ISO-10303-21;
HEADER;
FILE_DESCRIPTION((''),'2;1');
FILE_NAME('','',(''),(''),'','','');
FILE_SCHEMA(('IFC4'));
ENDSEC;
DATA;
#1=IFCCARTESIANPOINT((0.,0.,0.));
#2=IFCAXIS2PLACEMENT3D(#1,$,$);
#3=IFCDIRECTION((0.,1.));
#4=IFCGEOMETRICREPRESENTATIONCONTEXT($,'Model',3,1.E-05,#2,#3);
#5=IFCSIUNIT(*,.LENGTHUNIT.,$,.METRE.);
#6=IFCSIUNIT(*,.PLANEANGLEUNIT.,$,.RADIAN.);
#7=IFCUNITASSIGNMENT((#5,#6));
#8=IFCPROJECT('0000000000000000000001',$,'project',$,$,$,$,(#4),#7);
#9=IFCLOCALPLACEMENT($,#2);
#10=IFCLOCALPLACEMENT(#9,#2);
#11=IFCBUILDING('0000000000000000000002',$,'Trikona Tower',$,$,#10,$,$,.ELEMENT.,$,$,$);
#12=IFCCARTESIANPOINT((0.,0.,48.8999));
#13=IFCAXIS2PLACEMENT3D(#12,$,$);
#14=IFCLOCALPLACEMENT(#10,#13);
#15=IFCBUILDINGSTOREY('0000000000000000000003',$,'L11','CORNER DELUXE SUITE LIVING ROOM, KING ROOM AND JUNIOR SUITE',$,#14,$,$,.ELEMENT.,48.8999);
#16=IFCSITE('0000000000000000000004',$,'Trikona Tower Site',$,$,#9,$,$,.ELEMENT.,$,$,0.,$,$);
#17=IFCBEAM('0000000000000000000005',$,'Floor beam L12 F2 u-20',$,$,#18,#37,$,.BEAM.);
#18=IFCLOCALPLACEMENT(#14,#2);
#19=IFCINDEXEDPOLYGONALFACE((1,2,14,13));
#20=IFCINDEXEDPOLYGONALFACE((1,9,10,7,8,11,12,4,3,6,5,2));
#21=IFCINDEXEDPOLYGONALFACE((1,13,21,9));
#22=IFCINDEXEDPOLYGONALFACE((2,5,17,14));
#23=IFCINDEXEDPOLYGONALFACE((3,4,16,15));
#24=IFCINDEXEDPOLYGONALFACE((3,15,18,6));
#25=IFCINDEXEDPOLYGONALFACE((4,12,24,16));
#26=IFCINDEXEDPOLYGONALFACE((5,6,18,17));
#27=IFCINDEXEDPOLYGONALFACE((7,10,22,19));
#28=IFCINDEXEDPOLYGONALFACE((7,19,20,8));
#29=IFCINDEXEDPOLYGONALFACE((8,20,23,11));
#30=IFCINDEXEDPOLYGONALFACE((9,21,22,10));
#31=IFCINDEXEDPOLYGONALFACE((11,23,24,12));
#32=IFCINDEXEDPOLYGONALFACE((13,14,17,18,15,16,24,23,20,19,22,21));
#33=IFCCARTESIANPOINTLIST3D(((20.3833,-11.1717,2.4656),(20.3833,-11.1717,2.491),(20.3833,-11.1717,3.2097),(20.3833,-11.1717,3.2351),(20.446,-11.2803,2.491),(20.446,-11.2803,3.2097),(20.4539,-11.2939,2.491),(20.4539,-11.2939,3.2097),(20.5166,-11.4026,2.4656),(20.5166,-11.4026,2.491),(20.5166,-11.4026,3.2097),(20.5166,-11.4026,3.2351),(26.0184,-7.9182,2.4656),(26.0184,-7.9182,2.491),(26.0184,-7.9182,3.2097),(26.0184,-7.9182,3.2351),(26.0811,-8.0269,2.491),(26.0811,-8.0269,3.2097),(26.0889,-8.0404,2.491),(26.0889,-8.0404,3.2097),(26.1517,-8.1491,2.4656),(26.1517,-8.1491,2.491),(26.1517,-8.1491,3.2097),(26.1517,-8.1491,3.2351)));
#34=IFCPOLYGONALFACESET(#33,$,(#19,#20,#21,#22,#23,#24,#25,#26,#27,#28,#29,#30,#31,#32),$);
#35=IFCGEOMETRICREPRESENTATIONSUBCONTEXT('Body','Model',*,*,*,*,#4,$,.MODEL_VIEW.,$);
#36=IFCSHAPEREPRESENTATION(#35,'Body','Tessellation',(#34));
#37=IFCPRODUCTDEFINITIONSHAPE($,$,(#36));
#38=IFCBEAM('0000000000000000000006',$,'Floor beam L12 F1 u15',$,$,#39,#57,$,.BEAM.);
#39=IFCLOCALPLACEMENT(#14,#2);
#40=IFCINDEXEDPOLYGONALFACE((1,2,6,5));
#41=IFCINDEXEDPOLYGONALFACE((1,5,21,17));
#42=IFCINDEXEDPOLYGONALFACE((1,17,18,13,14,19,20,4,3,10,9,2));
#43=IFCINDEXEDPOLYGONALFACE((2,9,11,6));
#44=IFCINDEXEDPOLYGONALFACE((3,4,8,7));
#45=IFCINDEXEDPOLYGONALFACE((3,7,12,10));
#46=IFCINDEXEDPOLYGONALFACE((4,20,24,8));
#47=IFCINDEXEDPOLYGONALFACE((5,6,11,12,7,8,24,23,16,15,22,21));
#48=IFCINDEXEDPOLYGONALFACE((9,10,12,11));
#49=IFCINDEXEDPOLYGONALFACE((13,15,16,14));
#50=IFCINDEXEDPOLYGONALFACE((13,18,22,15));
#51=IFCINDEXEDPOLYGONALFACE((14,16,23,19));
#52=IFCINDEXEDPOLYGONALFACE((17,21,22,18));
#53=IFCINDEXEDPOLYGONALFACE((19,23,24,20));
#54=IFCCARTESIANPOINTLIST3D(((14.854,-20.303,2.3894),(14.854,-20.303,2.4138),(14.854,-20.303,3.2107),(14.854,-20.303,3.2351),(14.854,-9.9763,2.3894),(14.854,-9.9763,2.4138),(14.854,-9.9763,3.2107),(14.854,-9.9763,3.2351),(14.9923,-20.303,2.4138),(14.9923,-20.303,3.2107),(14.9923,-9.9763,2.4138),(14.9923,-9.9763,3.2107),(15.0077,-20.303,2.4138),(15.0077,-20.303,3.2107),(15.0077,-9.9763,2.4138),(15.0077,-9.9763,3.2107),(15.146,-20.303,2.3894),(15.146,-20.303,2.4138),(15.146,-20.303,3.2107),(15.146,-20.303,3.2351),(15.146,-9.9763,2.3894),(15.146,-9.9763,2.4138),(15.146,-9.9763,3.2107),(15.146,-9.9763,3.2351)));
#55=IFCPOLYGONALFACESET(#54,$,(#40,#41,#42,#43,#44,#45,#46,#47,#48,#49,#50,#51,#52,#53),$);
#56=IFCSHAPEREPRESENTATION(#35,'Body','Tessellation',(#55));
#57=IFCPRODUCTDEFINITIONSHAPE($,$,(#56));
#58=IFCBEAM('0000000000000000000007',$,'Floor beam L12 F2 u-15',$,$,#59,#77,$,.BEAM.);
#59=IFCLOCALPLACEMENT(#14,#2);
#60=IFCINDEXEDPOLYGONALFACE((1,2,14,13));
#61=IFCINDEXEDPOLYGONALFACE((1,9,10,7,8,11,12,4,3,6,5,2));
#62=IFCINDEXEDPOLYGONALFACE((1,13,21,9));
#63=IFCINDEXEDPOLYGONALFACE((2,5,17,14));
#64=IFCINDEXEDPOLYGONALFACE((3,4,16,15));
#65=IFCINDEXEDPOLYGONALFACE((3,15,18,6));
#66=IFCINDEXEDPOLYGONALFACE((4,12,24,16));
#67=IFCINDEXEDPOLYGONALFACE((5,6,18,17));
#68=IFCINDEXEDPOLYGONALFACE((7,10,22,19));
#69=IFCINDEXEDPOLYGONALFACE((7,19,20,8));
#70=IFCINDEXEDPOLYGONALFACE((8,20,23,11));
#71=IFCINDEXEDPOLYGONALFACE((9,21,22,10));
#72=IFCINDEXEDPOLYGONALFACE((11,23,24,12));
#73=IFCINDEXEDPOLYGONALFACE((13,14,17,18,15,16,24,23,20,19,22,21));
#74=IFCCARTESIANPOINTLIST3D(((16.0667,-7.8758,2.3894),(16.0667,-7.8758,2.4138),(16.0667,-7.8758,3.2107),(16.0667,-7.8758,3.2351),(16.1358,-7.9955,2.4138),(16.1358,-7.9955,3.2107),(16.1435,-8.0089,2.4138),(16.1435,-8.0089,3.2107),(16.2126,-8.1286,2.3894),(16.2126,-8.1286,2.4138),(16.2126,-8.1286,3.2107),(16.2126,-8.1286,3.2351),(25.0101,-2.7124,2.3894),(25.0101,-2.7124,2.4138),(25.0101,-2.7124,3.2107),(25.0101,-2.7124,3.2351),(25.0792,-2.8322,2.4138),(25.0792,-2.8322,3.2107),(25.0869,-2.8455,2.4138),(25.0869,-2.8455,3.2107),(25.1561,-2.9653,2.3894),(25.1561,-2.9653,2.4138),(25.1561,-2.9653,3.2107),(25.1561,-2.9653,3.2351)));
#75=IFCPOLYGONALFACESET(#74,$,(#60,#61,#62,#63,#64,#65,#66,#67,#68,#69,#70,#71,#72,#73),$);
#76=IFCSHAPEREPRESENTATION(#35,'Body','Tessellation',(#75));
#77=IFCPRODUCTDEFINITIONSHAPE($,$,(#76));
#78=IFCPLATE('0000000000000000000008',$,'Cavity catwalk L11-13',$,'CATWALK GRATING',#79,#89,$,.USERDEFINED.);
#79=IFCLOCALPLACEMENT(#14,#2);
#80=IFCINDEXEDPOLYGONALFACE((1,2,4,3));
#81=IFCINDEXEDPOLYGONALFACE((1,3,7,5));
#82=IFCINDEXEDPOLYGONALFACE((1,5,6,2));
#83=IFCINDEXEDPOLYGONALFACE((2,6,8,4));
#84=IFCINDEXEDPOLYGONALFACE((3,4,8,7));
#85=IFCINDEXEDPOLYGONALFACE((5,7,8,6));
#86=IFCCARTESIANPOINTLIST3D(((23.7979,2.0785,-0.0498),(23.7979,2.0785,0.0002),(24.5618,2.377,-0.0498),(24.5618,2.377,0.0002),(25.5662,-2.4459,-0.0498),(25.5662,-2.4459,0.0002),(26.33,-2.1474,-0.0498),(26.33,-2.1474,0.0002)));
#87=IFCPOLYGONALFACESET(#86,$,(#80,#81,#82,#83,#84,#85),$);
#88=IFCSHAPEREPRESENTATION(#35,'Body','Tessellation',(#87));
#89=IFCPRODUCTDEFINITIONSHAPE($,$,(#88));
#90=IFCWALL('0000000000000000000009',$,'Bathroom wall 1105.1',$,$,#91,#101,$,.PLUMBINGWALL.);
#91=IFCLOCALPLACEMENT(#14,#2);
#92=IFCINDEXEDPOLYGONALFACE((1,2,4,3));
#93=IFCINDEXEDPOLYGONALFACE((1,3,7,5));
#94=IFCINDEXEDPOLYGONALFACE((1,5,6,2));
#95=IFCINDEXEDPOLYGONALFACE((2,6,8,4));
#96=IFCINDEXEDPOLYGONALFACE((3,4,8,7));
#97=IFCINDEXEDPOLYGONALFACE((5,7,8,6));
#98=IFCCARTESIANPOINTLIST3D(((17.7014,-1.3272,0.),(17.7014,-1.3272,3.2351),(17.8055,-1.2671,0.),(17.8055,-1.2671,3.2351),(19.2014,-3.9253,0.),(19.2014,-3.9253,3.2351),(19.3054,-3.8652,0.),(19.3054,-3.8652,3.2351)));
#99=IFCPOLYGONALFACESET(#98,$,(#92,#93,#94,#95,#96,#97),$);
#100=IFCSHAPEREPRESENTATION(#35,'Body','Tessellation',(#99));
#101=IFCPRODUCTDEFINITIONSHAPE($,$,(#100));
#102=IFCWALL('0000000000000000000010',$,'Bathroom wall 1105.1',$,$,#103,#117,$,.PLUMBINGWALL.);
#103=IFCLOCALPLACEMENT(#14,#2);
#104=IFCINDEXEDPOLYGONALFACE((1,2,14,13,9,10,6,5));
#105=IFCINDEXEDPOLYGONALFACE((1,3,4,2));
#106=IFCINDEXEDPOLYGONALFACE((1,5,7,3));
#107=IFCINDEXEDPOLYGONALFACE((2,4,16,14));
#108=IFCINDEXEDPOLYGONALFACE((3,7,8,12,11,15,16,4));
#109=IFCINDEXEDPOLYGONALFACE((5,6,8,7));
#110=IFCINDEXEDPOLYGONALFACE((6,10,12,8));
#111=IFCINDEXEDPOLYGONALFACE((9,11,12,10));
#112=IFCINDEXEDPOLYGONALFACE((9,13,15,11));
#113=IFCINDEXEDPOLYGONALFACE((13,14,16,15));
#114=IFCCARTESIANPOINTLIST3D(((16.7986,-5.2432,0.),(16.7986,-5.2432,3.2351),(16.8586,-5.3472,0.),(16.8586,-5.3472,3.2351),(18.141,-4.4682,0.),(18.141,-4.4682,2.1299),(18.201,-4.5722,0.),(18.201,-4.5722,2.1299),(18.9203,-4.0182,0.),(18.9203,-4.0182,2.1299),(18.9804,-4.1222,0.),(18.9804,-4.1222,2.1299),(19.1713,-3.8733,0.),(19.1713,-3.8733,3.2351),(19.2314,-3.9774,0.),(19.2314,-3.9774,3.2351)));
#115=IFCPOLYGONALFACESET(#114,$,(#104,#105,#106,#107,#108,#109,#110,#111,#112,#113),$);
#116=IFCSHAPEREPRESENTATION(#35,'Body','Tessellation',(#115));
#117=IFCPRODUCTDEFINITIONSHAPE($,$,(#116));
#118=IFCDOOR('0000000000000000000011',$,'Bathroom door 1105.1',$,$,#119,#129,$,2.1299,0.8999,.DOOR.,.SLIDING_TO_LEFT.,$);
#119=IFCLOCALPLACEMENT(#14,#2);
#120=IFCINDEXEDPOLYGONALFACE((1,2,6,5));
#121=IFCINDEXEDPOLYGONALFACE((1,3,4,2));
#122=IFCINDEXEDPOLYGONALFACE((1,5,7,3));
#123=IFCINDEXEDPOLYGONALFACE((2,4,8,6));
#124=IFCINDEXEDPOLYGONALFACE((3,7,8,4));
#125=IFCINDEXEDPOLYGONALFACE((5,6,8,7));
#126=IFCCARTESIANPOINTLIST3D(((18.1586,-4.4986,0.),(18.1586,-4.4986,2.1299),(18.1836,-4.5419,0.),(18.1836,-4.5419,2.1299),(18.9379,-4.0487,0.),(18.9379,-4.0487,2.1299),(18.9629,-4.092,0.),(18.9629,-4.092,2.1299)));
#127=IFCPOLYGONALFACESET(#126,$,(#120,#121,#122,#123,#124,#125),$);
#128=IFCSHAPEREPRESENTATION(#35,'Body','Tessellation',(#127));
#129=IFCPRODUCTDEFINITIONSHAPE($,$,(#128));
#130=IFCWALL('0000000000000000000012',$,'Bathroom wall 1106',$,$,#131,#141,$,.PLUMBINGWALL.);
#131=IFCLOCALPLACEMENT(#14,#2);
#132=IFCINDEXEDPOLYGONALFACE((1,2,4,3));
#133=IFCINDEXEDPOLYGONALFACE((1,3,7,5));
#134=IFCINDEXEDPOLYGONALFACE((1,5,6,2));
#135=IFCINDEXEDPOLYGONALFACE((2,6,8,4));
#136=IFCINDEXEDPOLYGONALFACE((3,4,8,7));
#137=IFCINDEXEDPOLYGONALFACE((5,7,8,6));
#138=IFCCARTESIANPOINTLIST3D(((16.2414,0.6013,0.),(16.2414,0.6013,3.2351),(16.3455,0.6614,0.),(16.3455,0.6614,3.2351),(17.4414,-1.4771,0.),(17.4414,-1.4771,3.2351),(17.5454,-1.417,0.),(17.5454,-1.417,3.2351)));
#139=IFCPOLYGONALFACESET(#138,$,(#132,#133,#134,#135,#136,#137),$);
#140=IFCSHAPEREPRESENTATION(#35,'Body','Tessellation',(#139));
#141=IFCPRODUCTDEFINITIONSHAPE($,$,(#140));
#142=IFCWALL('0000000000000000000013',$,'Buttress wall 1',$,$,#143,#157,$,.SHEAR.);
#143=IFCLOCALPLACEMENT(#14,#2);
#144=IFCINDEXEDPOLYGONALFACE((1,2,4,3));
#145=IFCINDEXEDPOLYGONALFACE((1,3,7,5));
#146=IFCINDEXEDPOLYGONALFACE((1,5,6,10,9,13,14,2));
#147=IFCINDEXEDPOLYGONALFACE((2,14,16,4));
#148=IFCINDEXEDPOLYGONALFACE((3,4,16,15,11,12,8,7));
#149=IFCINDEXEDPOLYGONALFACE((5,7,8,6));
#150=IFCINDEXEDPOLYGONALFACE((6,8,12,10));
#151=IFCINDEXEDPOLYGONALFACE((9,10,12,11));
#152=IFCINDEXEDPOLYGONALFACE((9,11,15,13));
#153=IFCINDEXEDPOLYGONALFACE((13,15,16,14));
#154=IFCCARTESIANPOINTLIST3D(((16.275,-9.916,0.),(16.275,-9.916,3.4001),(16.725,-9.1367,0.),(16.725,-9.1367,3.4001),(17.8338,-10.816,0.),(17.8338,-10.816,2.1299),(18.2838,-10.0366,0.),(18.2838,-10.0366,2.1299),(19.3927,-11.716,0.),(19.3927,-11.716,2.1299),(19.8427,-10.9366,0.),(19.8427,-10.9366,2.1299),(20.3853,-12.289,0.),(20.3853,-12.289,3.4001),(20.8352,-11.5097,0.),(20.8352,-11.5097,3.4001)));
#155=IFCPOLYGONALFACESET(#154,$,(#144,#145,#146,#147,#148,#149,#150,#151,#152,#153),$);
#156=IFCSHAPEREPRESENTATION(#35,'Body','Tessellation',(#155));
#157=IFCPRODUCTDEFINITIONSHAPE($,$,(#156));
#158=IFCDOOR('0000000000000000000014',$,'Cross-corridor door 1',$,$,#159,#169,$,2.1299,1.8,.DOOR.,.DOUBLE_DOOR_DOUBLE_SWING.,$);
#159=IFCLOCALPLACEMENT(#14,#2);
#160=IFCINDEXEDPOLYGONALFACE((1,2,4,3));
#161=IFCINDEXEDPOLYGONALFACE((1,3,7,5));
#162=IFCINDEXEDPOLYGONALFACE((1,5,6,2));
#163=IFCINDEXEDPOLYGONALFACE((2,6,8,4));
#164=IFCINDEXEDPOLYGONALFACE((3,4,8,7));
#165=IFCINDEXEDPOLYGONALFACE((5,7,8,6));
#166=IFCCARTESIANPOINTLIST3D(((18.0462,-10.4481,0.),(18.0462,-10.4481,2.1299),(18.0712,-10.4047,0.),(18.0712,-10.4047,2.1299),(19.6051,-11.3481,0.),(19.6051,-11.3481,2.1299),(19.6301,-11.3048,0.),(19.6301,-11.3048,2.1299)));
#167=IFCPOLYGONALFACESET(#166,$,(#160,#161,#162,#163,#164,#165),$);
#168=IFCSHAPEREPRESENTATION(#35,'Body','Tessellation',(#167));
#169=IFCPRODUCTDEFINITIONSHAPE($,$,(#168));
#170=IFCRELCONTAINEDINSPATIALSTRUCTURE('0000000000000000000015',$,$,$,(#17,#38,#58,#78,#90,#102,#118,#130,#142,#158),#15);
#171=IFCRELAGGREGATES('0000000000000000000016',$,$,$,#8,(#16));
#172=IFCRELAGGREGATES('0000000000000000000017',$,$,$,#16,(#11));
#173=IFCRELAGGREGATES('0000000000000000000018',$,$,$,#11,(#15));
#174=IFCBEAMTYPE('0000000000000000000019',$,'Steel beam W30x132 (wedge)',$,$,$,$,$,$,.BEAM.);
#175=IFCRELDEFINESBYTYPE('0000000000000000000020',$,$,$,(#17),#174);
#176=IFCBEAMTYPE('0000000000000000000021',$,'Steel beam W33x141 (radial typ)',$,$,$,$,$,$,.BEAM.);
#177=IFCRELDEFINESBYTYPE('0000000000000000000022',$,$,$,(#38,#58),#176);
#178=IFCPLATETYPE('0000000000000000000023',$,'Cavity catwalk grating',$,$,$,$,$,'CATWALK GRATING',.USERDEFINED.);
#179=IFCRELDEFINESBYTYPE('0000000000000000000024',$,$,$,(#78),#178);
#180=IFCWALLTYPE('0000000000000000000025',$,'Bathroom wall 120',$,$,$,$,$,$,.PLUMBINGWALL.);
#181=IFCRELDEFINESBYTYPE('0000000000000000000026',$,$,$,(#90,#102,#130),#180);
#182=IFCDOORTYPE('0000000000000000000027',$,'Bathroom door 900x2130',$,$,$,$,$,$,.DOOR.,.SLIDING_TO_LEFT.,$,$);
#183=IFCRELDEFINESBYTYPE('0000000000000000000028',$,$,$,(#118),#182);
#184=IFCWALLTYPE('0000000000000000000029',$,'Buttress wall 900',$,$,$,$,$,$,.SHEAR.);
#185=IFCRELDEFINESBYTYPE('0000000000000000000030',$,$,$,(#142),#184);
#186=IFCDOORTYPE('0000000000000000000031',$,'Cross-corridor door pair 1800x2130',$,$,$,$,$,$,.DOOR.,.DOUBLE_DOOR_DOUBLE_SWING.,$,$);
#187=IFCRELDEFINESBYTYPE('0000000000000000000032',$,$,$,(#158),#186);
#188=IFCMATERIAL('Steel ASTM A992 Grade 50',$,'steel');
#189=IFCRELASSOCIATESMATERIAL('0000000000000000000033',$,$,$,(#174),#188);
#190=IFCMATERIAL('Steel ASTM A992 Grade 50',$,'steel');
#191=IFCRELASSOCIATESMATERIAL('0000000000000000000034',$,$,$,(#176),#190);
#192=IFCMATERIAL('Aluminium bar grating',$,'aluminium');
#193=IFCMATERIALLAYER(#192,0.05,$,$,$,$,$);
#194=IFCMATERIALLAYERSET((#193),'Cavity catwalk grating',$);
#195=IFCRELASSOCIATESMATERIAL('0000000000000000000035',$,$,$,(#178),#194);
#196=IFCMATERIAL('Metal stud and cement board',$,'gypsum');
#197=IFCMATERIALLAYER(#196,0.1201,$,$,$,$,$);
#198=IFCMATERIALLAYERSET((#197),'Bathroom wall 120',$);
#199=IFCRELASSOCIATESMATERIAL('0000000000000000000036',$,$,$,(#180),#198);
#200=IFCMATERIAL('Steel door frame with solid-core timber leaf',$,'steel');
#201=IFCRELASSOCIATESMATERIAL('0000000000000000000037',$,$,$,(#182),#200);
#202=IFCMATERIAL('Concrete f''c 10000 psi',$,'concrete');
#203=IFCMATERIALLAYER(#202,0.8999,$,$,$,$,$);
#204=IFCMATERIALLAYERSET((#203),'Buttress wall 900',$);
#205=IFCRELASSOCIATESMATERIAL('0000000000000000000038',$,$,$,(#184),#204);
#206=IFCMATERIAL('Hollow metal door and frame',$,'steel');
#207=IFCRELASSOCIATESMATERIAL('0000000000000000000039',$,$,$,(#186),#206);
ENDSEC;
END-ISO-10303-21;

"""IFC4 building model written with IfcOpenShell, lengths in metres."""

from ifc_helpers import new_model, si_unit, direction, frame, frame_2d, origin, origin_2d, place, context, subcontext, project, spatial, rectangle, i_section, extrude, material, layer, layer_set, material_profile, profile_set, type_object, element, fill, save


model = new_model("IFC4")

# Units and contexts
model_context = context("Model", 3, precision=1e-05, world=origin(), true_north=direction((0.0, 1.0)))
body_context = subcontext(model_context, "Body", "Model", "MODEL_VIEW")
ifc_project = project(units=[si_unit("LENGTHUNIT", "METRE"), si_unit("PLANEANGLEUNIT", "RADIAN")], contexts=[model_context])

# Site, building, storey
site_placement = place(None, origin())
site = spatial("IfcSite", under=ifc_project, at=site_placement, Name="Trikona Tower Site", CompositionType="ELEMENT", RefElevation=0.0)
building_placement = place(site_placement, origin())
building = spatial("IfcBuilding", under=site, at=building_placement, Name="Trikona Tower", CompositionType="ELEMENT")
storey_placement = place(building_placement, frame((0.0, 0.0, 48.8999)))
storey = spatial("IfcBuildingStorey", under=building, at=storey_placement, Name="L11", Description="CORNER DELUXE SUITE LIVING ROOM, KING ROOM AND JUNIOR SUITE", CompositionType="ELEMENT", Elevation=48.8999)

# Beams
ifc_material_1 = material(Name="Steel ASTM A992 Grade 50", Category="steel")
ifc_material_profile_1 = material_profile(ifc_material_1, i_section(OverallWidth=0.2666, OverallDepth=0.7695, WebThickness=0.0156, FlangeThickness=0.0254, at=origin_2d()), Name="W30X132")
ifc_profile_set_1 = profile_set([ifc_material_profile_1], Name="Steel ASTM A992 Grade 50")
beam_type_1 = type_object("IfcBeamType", Name="Steel beam W30x132 (wedge)", PredefinedType="BEAM", material=ifc_profile_set_1)
beam_1_placement = place(storey_placement, frame((20.45, -11.2871, 2.8503), z_axis=(0.866023, 0.500005, 0.0), x_axis=(-0.500005, 0.866023, 0.0)))
element("IfcBeam", 1, at=beam_1_placement, inside=storey, type_object=beam_type_1, Name="Floor beam L12 F2 u-20", PredefinedType="BEAM", context=body_context, shape_type="SweptSolid", body=[
    extrude(i_section(OverallWidth=0.2666, OverallDepth=0.7695, WebThickness=0.0156, FlangeThickness=0.0254, at=origin_2d()), origin(), (0.0, 0.0, 1.0), 6.5068),
])
ifc_material_2 = material(Name="Steel ASTM A992 Grade 50", Category="steel")
ifc_material_profile_2 = material_profile(ifc_material_2, i_section(OverallWidth=0.292, OverallDepth=0.8457, WebThickness=0.0154, FlangeThickness=0.0244, at=origin_2d()), Name="W33X141")
ifc_profile_set_2 = profile_set([ifc_material_profile_2], Name="Steel ASTM A992 Grade 50")
beam_type_2 = type_object("IfcBeamType", Name="Steel beam W33x141 (radial typ)", PredefinedType="BEAM", material=ifc_profile_set_2)
beam_2_placement = place(storey_placement, frame((15.0, -9.9763, 2.8123), z_axis=(0.0, -1.0, 0.0), x_axis=(1.0, 0.0, 0.0)))
element("IfcBeam", 2, at=beam_2_placement, inside=storey, type_object=beam_type_2, Name="Floor beam L12 F1 u15", PredefinedType="BEAM", context=body_context, shape_type="SweptSolid", body=[
    extrude(i_section(OverallWidth=0.292, OverallDepth=0.8457, WebThickness=0.0154, FlangeThickness=0.0244, at=origin_2d()), origin(), (0.0, 0.0, 1.0), 10.3267),
])
beam_3_placement = place(storey_placement, frame((16.1396, -8.0022, 2.8123), z_axis=(0.86603, 0.499991, 0.0), x_axis=(-0.499991, 0.86603, 0.0)))
element("IfcBeam", 3, at=beam_3_placement, inside=storey, type_object=beam_type_2, Name="Floor beam L12 F2 u-15", PredefinedType="BEAM", context=body_context, shape_type="SweptSolid", body=[
    extrude(i_section(OverallWidth=0.292, OverallDepth=0.8457, WebThickness=0.0154, FlangeThickness=0.0244, at=origin_2d()), origin(), (0.0, 0.0, 1.0), 10.3269),
])

# Plate
ifc_material_3 = material(Name="Aluminium bar grating", Category="aluminium")
ifc_layer_1 = layer(ifc_material_3, 0.05)
ifc_layer_set_1 = layer_set([ifc_layer_1], Name="Cavity catwalk grating")
plate_type = type_object("IfcPlateType", Name="Cavity catwalk grating", ElementType="CATWALK GRATING", PredefinedType="USERDEFINED", material=ifc_layer_set_1)
plate_placement = place(storey_placement, frame((25.064, -0.0344, -0.0498), z_axis=(0.0, 0.0, 1.0), x_axis=(-0.364009, 0.931395, 0.0)))
element("IfcPlate", 4, at=plate_placement, inside=storey, type_object=plate_type, Name="Cavity catwalk L11-13", ObjectType="CATWALK GRATING", PredefinedType="USERDEFINED", context=body_context, shape_type="SweptSolid", body=[
    extrude(rectangle(XDim=4.8577, YDim=0.8201, at=origin_2d()), origin(), (0.0, 0.0, 1.0), 0.05),
])

# Wall
ifc_material_4 = material(Name="Metal stud and cement board", Category="gypsum")
ifc_layer_2 = layer(ifc_material_4, 0.1201)
ifc_layer_set_2 = layer_set([ifc_layer_2], Name="Bathroom wall 120")
wall_type_1 = type_object("IfcWallType", Name="Bathroom wall 120", PredefinedType="PLUMBINGWALL", material=ifc_layer_set_2)
wall_1_placement = place(storey_placement, frame((19.2534, -3.8953, 0.0), z_axis=(0.0, 0.0, 1.0), x_axis=(-0.49999, 0.866031, 0.0)))
element("IfcWall", 5, at=wall_1_placement, inside=storey, type_object=wall_type_1, Name="Bathroom wall 1105.1", PredefinedType="PLUMBINGWALL", context=body_context, shape_type="SweptSolid", body=[
    extrude(rectangle(XDim=3.0, YDim=0.1201, at=frame_2d((1.5, 0.0))), origin(), (0.0, 0.0, 1.0), 3.2351),
])

# Wall, opening, door
wall_2_placement = place(storey_placement, frame((16.8286, -5.2952, 0.0), z_axis=(0.0, 0.0, 1.0), x_axis=(0.866036, 0.499982, 0.0)))
wall_2 = element("IfcWall", 6, at=wall_2_placement, inside=storey, type_object=wall_type_1, Name="Bathroom wall 1105.1", PredefinedType="PLUMBINGWALL", context=body_context, shape_type="SweptSolid", body=[
    extrude(rectangle(XDim=2.7397, YDim=0.1201, at=frame_2d((1.3699, 0.0))), origin(), (0.0, 0.0, 1.0), 3.2351),
])
opening_1_placement = place(wall_2_placement, frame((1.55, 0.0, 0.0)))
opening_1 = element("IfcOpeningElement", 7, at=opening_1_placement, cuts=wall_2, PredefinedType="OPENING", context=body_context, shape_type="SweptSolid", body=[
    extrude(rectangle(XDim=0.8999, YDim=2.1299, at=frame_2d((0.45, 1.0649))), frame((0.0, 0.0701, 0.0), z_axis=(0.0, -1.0, 0.0), x_axis=(1.0, 0.0, 0.0)), (0.0, 0.0, 1.0), 0.1401),
])
ifc_material_5 = material(Name="Steel door frame with solid-core timber leaf", Category="steel")
door_type_1 = type_object("IfcDoorType", Name="Bathroom door 900x2130", OperationType="SLIDING_TO_LEFT", PredefinedType="DOOR", material=ifc_material_5)
door_1_placement = place(opening_1_placement, origin())
door_1 = element("IfcDoor", 8, at=door_1_placement, inside=storey, type_object=door_type_1, Name="Bathroom door 1105.1", OperationType="SLIDING_TO_LEFT", OverallHeight=2.1299, OverallWidth=0.8999, PredefinedType="DOOR", context=body_context, shape_type="SweptSolid", body=[
    extrude(rectangle(XDim=0.8999, YDim=2.1299, at=frame_2d((0.45, 1.0649))), frame((0.0, 0.0249, 0.0), z_axis=(0.0, -1.0, 0.0), x_axis=(1.0, 0.0, 0.0)), (0.0, 0.0, 1.0), 0.05),
])
fill(opening_1, door_1)

# Wall
wall_3_placement = place(storey_placement, frame((17.4934, -1.447, 0.0), z_axis=(0.0, 0.0, 1.0), x_axis=(-0.500001, 0.866025, 0.0)))
element("IfcWall", 9, at=wall_3_placement, inside=storey, type_object=wall_type_1, Name="Bathroom wall 1106", PredefinedType="PLUMBINGWALL", context=body_context, shape_type="SweptSolid", body=[
    extrude(rectangle(XDim=2.3999, YDim=0.1201, at=frame_2d((1.2, 0.0))), origin(), (0.0, 0.0, 1.0), 3.2351),
])

# Wall, opening, door
ifc_material_6 = material(Name="Concrete f'c 10000 psi", Category="concrete")
ifc_layer_3 = layer(ifc_material_6, 0.8999)
ifc_layer_set_3 = layer_set([ifc_layer_3], Name="Buttress wall 900")
wall_type_2 = type_object("IfcWallType", Name="Buttress wall 900", PredefinedType="SHEAR", material=ifc_layer_set_3)
wall_4_placement = place(storey_placement, frame((16.5, -9.5264, 0.0), z_axis=(0.0, 0.0, 1.0), x_axis=(0.866031, -0.49999, 0.0)))
wall_4 = element("IfcWall", 10, at=wall_4_placement, inside=storey, type_object=wall_type_2, Name="Buttress wall 1", PredefinedType="SHEAR", context=body_context, shape_type="SweptSolid", body=[
    extrude(rectangle(XDim=4.7461, YDim=0.8999, at=frame_2d((2.373, 0.0))), origin(), (0.0, 0.0, 1.0), 3.4001),
])
opening_2_placement = place(wall_4_placement, frame((1.8, 0.0, 0.0)))
opening_2 = element("IfcOpeningElement", 11, at=opening_2_placement, cuts=wall_4, PredefinedType="OPENING", context=body_context, shape_type="SweptSolid", body=[
    extrude(rectangle(XDim=1.8, YDim=2.1299, at=frame_2d((0.8999, 1.0649))), frame((0.0, 0.46, 0.0), z_axis=(0.0, -1.0, 0.0), x_axis=(1.0, 0.0, 0.0)), (0.0, 0.0, 1.0), 0.9199),
])
ifc_material_7 = material(Name="Hollow metal door and frame", Category="steel")
door_type_2 = type_object("IfcDoorType", Name="Cross-corridor door pair 1800x2130", OperationType="DOUBLE_DOOR_DOUBLE_SWING", PredefinedType="DOOR", material=ifc_material_7)
door_2_placement = place(opening_2_placement, origin())
door_2 = element("IfcDoor", 12, at=door_2_placement, inside=storey, type_object=door_type_2, Name="Cross-corridor door 1", OperationType="DOUBLE_DOOR_DOUBLE_SWING", OverallHeight=2.1299, OverallWidth=1.8, PredefinedType="DOOR", context=body_context, shape_type="SweptSolid", body=[
    extrude(rectangle(XDim=1.8, YDim=2.1299, at=frame_2d((0.8999, 1.0649))), frame((0.0, 0.0249, 0.0), z_axis=(0.0, -1.0, 0.0), x_axis=(1.0, 0.0, 0.0)), (0.0, 0.0, 1.0), 0.05),
])
fill(opening_2, door_2)

save(model, "model.ifc")
